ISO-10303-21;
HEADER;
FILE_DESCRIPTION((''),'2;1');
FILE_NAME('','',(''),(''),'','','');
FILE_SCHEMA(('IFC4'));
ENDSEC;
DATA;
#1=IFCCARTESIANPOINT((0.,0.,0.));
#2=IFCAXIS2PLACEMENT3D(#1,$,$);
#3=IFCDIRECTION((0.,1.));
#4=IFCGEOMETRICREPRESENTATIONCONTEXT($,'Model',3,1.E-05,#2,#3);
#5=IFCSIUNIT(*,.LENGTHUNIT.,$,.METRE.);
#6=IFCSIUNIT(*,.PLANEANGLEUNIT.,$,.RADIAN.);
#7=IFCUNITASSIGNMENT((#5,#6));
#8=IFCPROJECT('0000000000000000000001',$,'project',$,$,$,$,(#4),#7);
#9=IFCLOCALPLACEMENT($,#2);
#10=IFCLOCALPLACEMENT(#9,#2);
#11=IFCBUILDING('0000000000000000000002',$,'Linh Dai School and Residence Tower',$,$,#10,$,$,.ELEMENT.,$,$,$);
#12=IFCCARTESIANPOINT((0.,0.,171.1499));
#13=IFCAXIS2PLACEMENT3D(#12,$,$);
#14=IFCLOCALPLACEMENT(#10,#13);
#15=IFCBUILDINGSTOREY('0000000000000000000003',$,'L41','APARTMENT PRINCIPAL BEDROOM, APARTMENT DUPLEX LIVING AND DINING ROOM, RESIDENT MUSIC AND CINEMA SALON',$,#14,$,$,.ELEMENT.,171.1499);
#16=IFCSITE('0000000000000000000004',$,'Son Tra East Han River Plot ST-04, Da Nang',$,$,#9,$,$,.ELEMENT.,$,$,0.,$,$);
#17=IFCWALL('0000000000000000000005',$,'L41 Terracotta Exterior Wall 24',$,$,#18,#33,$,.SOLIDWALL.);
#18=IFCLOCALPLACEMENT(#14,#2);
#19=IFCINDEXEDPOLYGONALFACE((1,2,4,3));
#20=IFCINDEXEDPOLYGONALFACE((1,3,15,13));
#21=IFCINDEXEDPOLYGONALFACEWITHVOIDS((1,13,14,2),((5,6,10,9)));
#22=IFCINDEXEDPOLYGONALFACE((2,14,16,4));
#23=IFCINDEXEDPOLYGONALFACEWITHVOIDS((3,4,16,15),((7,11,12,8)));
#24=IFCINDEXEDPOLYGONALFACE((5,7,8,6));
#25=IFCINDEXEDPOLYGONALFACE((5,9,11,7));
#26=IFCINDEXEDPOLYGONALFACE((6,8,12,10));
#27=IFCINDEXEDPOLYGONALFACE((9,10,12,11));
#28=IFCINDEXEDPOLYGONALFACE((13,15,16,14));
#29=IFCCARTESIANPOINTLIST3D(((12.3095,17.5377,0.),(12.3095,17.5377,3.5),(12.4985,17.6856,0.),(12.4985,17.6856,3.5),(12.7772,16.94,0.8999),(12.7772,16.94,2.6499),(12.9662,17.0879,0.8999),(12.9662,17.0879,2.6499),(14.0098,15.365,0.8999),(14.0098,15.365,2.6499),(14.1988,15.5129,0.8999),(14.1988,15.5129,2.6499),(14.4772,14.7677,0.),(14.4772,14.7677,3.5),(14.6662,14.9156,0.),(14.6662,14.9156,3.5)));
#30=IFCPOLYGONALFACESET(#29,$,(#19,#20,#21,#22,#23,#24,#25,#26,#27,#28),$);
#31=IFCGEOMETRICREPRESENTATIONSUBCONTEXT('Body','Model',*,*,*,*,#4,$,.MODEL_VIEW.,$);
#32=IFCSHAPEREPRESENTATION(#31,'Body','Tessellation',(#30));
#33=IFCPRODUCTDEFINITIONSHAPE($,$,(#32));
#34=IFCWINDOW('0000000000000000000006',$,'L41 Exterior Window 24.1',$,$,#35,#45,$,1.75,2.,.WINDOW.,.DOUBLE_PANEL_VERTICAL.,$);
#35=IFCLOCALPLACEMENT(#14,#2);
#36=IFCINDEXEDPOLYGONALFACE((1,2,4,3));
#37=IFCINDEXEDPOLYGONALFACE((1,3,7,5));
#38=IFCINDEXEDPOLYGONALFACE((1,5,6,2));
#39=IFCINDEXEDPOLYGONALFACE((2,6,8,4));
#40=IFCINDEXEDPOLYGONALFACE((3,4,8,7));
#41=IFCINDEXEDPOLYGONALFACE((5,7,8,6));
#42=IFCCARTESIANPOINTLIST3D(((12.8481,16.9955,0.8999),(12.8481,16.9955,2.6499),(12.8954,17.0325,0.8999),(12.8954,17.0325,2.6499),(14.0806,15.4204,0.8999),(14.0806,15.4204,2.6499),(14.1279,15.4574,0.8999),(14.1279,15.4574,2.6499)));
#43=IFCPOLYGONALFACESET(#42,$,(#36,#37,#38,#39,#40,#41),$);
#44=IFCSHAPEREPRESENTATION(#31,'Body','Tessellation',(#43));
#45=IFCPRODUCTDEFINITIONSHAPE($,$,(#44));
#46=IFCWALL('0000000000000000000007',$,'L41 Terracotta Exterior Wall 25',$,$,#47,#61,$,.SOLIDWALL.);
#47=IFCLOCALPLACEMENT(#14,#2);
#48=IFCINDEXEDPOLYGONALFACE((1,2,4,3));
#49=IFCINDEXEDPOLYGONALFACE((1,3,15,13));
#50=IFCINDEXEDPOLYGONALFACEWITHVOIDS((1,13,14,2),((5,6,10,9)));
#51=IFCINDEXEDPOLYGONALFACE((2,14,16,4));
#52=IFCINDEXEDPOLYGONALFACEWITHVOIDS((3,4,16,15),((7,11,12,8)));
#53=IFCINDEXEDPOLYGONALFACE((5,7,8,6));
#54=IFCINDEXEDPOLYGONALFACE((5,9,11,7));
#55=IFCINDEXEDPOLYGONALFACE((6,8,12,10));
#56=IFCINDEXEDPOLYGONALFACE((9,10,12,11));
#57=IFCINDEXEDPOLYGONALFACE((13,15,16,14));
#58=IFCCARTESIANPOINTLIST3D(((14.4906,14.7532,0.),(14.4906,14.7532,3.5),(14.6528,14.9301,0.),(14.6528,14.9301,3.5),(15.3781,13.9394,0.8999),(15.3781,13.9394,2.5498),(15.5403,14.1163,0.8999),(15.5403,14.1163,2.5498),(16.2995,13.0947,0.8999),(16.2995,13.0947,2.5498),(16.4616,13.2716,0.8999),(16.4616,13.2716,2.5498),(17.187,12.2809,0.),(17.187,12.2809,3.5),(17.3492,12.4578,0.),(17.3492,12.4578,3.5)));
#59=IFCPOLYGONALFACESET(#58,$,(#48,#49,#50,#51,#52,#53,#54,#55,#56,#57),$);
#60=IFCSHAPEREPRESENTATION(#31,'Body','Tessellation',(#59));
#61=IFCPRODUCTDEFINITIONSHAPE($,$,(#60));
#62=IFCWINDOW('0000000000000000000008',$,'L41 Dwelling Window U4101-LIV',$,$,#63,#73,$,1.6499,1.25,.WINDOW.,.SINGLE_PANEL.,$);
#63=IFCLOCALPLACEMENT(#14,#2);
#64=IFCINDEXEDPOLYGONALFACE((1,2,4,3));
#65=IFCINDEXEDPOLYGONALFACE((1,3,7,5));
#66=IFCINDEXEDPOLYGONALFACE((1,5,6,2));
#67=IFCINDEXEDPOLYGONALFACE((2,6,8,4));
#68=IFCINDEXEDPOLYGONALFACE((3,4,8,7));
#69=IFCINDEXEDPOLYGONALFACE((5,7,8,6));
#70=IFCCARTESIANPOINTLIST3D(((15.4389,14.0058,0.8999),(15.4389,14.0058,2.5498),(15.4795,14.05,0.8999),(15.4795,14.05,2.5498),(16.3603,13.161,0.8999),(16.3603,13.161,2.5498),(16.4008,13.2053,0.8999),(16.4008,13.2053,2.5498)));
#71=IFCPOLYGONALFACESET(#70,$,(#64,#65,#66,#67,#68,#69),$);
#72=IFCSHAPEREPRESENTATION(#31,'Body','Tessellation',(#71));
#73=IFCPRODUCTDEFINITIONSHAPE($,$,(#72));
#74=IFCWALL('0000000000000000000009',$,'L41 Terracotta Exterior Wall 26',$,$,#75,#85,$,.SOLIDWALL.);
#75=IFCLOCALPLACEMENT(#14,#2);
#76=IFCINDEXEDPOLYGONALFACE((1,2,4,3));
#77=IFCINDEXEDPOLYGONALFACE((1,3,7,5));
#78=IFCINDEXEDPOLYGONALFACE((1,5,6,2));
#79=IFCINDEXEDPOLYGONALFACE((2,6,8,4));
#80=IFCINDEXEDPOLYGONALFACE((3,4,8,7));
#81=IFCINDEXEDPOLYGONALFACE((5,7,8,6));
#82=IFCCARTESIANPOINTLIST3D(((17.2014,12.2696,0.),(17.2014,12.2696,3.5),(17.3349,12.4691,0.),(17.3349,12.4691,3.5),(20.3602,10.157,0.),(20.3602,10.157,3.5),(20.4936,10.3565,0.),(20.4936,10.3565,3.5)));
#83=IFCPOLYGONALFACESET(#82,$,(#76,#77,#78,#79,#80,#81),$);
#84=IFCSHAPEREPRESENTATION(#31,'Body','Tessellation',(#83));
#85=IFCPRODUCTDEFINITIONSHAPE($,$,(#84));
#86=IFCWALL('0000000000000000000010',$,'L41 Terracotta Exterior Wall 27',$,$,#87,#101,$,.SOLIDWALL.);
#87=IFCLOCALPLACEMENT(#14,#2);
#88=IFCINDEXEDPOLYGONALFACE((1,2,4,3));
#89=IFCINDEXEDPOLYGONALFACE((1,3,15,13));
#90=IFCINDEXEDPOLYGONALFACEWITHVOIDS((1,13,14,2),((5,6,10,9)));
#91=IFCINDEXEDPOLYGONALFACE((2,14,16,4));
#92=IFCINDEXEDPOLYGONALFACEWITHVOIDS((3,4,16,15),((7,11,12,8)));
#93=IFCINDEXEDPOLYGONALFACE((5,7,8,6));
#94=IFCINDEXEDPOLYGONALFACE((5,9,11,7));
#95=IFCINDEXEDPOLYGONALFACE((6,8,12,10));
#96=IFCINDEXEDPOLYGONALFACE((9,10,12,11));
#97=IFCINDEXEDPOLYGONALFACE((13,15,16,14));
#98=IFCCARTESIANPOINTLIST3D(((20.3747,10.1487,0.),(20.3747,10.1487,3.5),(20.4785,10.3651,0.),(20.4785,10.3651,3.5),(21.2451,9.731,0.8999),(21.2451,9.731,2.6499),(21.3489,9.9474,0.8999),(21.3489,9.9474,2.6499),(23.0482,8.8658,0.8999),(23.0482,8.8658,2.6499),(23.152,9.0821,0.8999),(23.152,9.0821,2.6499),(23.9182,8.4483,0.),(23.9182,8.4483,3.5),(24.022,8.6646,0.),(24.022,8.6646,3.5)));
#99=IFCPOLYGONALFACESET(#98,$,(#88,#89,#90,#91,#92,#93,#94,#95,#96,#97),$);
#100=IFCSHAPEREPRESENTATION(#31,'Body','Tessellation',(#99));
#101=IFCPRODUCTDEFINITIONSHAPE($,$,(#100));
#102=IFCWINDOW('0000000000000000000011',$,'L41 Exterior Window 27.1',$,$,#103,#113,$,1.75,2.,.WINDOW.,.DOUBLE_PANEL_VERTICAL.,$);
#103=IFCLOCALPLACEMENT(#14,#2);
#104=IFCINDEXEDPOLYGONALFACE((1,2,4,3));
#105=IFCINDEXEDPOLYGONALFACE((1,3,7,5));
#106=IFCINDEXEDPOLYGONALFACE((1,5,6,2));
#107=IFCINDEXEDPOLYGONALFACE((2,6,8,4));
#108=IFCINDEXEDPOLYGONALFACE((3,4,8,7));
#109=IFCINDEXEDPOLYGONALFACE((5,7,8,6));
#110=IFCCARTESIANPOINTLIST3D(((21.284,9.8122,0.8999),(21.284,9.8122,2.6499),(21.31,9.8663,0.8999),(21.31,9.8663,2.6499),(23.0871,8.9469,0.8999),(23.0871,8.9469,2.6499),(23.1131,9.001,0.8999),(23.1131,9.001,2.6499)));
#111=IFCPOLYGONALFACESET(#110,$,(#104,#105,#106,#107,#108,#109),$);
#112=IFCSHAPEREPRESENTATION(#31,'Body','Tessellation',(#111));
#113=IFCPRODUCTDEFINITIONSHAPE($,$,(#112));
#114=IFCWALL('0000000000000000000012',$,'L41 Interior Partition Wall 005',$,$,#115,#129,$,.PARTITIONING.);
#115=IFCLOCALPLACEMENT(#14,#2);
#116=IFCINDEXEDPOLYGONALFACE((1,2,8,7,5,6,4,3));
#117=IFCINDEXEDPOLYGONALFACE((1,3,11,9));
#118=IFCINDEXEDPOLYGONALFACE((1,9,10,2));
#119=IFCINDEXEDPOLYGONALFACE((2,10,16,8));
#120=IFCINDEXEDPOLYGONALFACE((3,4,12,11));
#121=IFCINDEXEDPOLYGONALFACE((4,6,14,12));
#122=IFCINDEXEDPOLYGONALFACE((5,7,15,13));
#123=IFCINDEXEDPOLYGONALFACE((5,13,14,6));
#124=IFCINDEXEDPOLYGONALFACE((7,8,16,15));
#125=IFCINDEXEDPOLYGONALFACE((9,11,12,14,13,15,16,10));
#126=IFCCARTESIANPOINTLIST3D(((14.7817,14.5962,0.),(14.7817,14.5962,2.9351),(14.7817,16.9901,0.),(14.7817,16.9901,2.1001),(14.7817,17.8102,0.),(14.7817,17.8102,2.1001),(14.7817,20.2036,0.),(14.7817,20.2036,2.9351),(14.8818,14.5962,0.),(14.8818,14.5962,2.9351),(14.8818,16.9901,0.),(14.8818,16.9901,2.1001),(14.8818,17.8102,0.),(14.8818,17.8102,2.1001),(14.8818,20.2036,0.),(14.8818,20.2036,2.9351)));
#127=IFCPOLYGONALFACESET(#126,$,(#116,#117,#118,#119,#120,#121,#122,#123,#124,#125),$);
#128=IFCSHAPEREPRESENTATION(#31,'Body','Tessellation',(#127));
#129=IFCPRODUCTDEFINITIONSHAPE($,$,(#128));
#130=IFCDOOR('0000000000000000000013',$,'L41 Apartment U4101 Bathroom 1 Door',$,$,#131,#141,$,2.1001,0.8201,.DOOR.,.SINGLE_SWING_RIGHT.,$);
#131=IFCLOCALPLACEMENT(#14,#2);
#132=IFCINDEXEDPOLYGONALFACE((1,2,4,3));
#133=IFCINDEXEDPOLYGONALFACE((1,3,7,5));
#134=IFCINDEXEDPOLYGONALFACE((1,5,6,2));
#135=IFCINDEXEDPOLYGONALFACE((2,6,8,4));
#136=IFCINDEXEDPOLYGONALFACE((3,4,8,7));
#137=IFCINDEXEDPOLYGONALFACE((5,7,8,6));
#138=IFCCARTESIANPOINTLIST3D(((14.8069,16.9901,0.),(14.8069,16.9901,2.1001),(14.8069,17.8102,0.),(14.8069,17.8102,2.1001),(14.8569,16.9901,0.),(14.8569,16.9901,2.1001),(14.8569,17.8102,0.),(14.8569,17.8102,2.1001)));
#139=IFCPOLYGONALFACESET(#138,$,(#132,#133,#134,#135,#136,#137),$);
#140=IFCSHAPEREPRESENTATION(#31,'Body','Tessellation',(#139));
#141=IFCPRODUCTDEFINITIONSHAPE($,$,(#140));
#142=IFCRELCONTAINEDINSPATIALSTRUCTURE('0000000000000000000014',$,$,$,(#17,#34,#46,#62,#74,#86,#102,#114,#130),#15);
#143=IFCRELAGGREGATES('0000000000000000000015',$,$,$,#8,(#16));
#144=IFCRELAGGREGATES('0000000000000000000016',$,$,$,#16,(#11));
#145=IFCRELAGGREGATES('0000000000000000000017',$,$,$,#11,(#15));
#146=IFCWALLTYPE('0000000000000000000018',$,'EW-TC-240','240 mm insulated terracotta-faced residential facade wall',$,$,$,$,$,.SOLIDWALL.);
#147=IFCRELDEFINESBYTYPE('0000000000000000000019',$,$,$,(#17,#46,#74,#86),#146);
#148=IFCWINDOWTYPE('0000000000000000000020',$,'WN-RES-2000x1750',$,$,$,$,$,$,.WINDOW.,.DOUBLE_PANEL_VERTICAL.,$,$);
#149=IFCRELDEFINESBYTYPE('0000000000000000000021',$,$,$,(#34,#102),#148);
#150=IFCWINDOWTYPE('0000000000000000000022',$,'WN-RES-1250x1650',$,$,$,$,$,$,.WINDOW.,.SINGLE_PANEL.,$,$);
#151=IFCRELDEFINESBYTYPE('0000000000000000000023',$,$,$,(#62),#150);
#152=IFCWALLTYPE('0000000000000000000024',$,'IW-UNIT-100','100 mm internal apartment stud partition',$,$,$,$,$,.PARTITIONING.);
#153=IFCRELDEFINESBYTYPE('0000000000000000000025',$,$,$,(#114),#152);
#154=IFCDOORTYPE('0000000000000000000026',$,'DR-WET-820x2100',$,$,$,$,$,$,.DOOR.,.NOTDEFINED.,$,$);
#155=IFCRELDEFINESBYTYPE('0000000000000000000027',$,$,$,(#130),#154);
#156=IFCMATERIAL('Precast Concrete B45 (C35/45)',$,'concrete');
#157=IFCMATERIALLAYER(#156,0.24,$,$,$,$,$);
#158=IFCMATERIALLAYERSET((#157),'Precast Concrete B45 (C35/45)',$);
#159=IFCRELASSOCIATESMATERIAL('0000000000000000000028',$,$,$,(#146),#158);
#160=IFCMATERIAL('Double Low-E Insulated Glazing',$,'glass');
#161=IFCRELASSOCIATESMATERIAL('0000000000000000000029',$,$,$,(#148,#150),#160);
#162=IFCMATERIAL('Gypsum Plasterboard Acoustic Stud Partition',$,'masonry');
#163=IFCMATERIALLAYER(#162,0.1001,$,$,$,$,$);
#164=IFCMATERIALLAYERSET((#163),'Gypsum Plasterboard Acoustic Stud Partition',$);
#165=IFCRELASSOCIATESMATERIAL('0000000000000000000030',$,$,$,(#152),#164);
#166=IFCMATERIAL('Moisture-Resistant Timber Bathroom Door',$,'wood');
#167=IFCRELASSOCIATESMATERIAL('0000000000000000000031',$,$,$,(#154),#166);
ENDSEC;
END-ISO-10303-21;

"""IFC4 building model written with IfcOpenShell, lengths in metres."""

from ifc_helpers import new_model, si_unit, direction, frame, frame_2d, origin, origin_2d, place, context, subcontext, project, spatial, rectangle, extrude, source, transform, mapped, material, layer, layer_set, type_object, element, fill, save


model = new_model("IFC4")

# Units and contexts
model_context = context("Model", 3, precision=1e-05, world=origin(), true_north=direction((0.0, 1.0)))
body_context = subcontext(model_context, "Body", "Model", "MODEL_VIEW")
ifc_project = project(units=[si_unit("LENGTHUNIT", "METRE"), si_unit("PLANEANGLEUNIT", "RADIAN")], contexts=[model_context])

# Site, building, storey
site_placement = place(None, origin())
site = spatial("IfcSite", under=ifc_project, at=site_placement, Name="Son Tra East Han River Plot ST-04, Da Nang", CompositionType="ELEMENT", RefElevation=0.0)
building_placement = place(site_placement, origin())
building = spatial("IfcBuilding", under=site, at=building_placement, Name="Linh Dai School and Residence Tower", CompositionType="ELEMENT")
storey_placement = place(building_placement, frame((0.0, 0.0, 171.1499)))
storey = spatial("IfcBuildingStorey", under=building, at=storey_placement, Name="L41", Description="APARTMENT PRINCIPAL BEDROOM, APARTMENT DUPLEX LIVING AND DINING ROOM, RESIDENT MUSIC AND CINEMA SALON", CompositionType="ELEMENT", Elevation=171.1499)

# Shared definitions
ifc_material_1 = material(Name="Precast Concrete B45 (C35/45)", Category="concrete")

# Walls, openings, windows
ifc_layer_1 = layer(ifc_material_1, 0.24)
ifc_layer_set_1 = layer_set([ifc_layer_1], Name="Precast Concrete B45 (C35/45)")
wall_type_1 = type_object("IfcWallType", Name="EW-TC-240", Description="240 mm insulated terracotta-faced residential facade wall", PredefinedType="SOLIDWALL", material=ifc_layer_set_1)
wall_1_placement = place(storey_placement, frame((14.5718, 14.8416, 0.0), z_axis=(0.0, 0.0, 1.0), x_axis=(-0.616288, 0.787521, 0.0)))
wall_1 = element("IfcWall", 1, at=wall_1_placement, inside=storey, type_object=wall_type_1, Name="L41 Terracotta Exterior Wall 24", PredefinedType="SOLIDWALL", context=body_context, shape_type="SweptSolid", body=[
    extrude(rectangle(XDim=3.5173, YDim=0.24, at=frame_2d((1.7588, 0.0))), origin(), (0.0, 0.0, 1.0), 3.5),
])
opening_1_placement = place(wall_1_placement, frame((0.7585, 0.0, 0.8999)))
opening_1 = element("IfcOpeningElement", 2, at=opening_1_placement, cuts=wall_1, PredefinedType="OPENING", context=body_context, shape_type="SweptSolid", body=[
    extrude(rectangle(XDim=2.0, YDim=1.75, at=origin_2d()), frame((1.0, 0.1299, 0.875), z_axis=(0.0, -1.0, 0.0), x_axis=(1.0, 0.0, 0.0)), (0.0, 0.0, 1.0), 0.26),
])
ifc_material_2 = material(Name="Double Low-E Insulated Glazing", Category="glass")
window_type_1 = type_object("IfcWindowType", Name="WN-RES-2000x1750", PartitioningType="DOUBLE_PANEL_VERTICAL", PredefinedType="WINDOW", material=ifc_material_2)
shared_shape_1 = source(origin(), body_context, "Body", "SweptSolid", [
    extrude(rectangle(XDim=2.0, YDim=1.75, at=origin_2d()), frame((1.0, 0.03, 0.875), z_axis=(0.0, -1.0, 0.0), x_axis=(1.0, 0.0, 0.0)), (0.0, 0.0, 1.0), 0.0601),
])
window_1_placement = place(opening_1_placement, origin())
window_1 = element("IfcWindow", 3, at=window_1_placement, inside=storey, type_object=window_type_1, Name="L41 Exterior Window 24.1", OverallHeight=1.75, OverallWidth=2.0, PartitioningType="DOUBLE_PANEL_VERTICAL", PredefinedType="WINDOW", context=body_context, shape_type="MappedRepresentation", body=[
    mapped(shared_shape_1, transform((0.0, 0.0, 0.0), x_axis=(1.0, 0.0, 0.0), y_axis=(0.0, 1.0, 0.0), z_axis=(0.0, 0.0, 1.0), scale=1.0)),
])
fill(opening_1, window_1)
wall_2_placement = place(storey_placement, frame((17.2681, 12.3694, 0.0), z_axis=(0.0, 0.0, 1.0), x_axis=(-0.737077, 0.675809, 0.0)))
wall_2 = element("IfcWall", 4, at=wall_2_placement, inside=storey, type_object=wall_type_1, Name="L41 Terracotta Exterior Wall 25", PredefinedType="SOLIDWALL", context=body_context, shape_type="SweptSolid", body=[
    extrude(rectangle(XDim=3.6582, YDim=0.24, at=frame_2d((1.8291, 0.0))), origin(), (0.0, 0.0, 1.0), 3.5),
])
opening_2_placement = place(wall_2_placement, frame((1.2041, 0.0, 0.8999)))
opening_2 = element("IfcOpeningElement", 5, at=opening_2_placement, cuts=wall_2, PredefinedType="OPENING", context=body_context, shape_type="SweptSolid", body=[
    extrude(rectangle(XDim=1.25, YDim=1.6499, at=origin_2d()), frame((0.625, 0.1299, 0.825), z_axis=(0.0, -1.0, 0.0), x_axis=(1.0, 0.0, 0.0)), (0.0, 0.0, 1.0), 0.26),
])
window_type_2 = type_object("IfcWindowType", Name="WN-RES-1250x1650", PartitioningType="SINGLE_PANEL", PredefinedType="WINDOW", material=ifc_material_2)
shared_shape_2 = source(origin(), body_context, "Body", "SweptSolid", [
    extrude(rectangle(XDim=1.25, YDim=1.6499, at=origin_2d()), frame((0.625, 0.03, 0.825), z_axis=(0.0, -1.0, 0.0), x_axis=(1.0, 0.0, 0.0)), (0.0, 0.0, 1.0), 0.0601),
])
window_2_placement = place(opening_2_placement, origin())
window_2 = element("IfcWindow", 6, at=window_2_placement, inside=storey, type_object=window_type_2, Name="L41 Dwelling Window U4101-LIV", OverallHeight=1.6499, OverallWidth=1.25, PartitioningType="SINGLE_PANEL", PredefinedType="WINDOW", context=body_context, shape_type="MappedRepresentation", body=[
    mapped(shared_shape_2, transform((0.0, 0.0, 0.0), x_axis=(1.0, 0.0, 0.0), y_axis=(0.0, 1.0, 0.0), z_axis=(0.0, 0.0, 1.0), scale=1.0)),
])
fill(opening_2, window_2)

# Wall
wall_3_placement = place(storey_placement, frame((20.4268, 10.2568, 0.0), z_axis=(0.0, 0.0, 1.0), x_axis=(-0.831229, 0.55593, 0.0)))
element("IfcWall", 7, at=wall_3_placement, inside=storey, type_object=wall_type_1, Name="L41 Terracotta Exterior Wall 26", PredefinedType="SOLIDWALL", context=body_context, shape_type="SweptSolid", body=[
    extrude(rectangle(XDim=3.8, YDim=0.24, at=frame_2d((1.8999, 0.0))), origin(), (0.0, 0.0, 1.0), 3.5),
])

# Wall, opening, window
wall_4_placement = place(storey_placement, frame((23.9702, 8.5564, 0.0), z_axis=(0.0, 0.0, 1.0), x_axis=(-0.901565, 0.432644, 0.0)))
wall_4 = element("IfcWall", 8, at=wall_4_placement, inside=storey, type_object=wall_type_1, Name="L41 Terracotta Exterior Wall 27", PredefinedType="SOLIDWALL", context=body_context, shape_type="SweptSolid", body=[
    extrude(rectangle(XDim=3.9304, YDim=0.24, at=frame_2d((1.9653, 0.0))), origin(), (0.0, 0.0, 1.0), 3.5),
])
opening_3_placement = place(wall_4_placement, frame((0.9651, 0.0, 0.8999)))
opening_3 = element("IfcOpeningElement", 9, at=opening_3_placement, cuts=wall_4, PredefinedType="OPENING", context=body_context, shape_type="SweptSolid", body=[
    extrude(rectangle(XDim=2.0, YDim=1.75, at=origin_2d()), frame((1.0, 0.1299, 0.875), z_axis=(0.0, -1.0, 0.0), x_axis=(1.0, 0.0, 0.0)), (0.0, 0.0, 1.0), 0.26),
])
window_3_placement = place(opening_3_placement, origin())
window_3 = element("IfcWindow", 10, at=window_3_placement, inside=storey, type_object=window_type_1, Name="L41 Exterior Window 27.1", OverallHeight=1.75, OverallWidth=2.0, PartitioningType="DOUBLE_PANEL_VERTICAL", PredefinedType="WINDOW", context=body_context, shape_type="MappedRepresentation", body=[
    mapped(shared_shape_1, transform((0.0, 0.0, 0.0), x_axis=(1.0, 0.0, 0.0), y_axis=(0.0, 1.0, 0.0), z_axis=(0.0, 0.0, 1.0), scale=1.0)),
])
fill(opening_3, window_3)

# Wall, opening, door
ifc_material_3 = material(Name="Gypsum Plasterboard Acoustic Stud Partition", Category="masonry")
ifc_layer_2 = layer(ifc_material_3, 0.1001)
ifc_layer_set_2 = layer_set([ifc_layer_2], Name="Gypsum Plasterboard Acoustic Stud Partition")
wall_type_2 = type_object("IfcWallType", Name="IW-UNIT-100", Description="100 mm internal apartment stud partition", PredefinedType="PARTITIONING", material=ifc_layer_set_2)
wall_5_placement = place(storey_placement, frame((14.8318, 14.5962, 0.0), z_axis=(0.0, 0.0, 1.0), x_axis=(0.0, 1.0, 0.0)))
wall_5 = element("IfcWall", 11, at=wall_5_placement, inside=storey, type_object=wall_type_2, Name="L41 Interior Partition Wall 005", PredefinedType="PARTITIONING", context=body_context, shape_type="SweptSolid", body=[
    extrude(rectangle(XDim=5.6074, YDim=0.1001, at=frame_2d((2.8037, 0.0))), origin(), (0.0, 0.0, 1.0), 2.9351),
])
opening_4_placement = place(wall_5_placement, frame((2.3938, 0.0, 0.0)))
opening_4 = element("IfcOpeningElement", 12, at=opening_4_placement, cuts=wall_5, PredefinedType="OPENING", context=body_context, shape_type="SweptSolid", body=[
    extrude(rectangle(XDim=0.8201, YDim=2.1001, at=origin_2d()), frame((0.4102, 0.0601, 1.05), z_axis=(0.0, -1.0, 0.0), x_axis=(1.0, 0.0, 0.0)), (0.0, 0.0, 1.0), 0.1201),
])
ifc_material_4 = material(Name="Moisture-Resistant Timber Bathroom Door", Category="wood")
door_type_1 = type_object("IfcDoorType", Name="DR-WET-820x2100", OperationType="NOTDEFINED", PredefinedType="DOOR", material=ifc_material_4)
shared_shape_3 = source(origin(), body_context, "Body", "SweptSolid", [
    extrude(rectangle(XDim=0.8201, YDim=2.1001, at=origin_2d()), frame((0.4102, 0.0249, 1.05), z_axis=(0.0, -1.0, 0.0), x_axis=(1.0, 0.0, 0.0)), (0.0, 0.0, 1.0), 0.05),
])
door_1_placement = place(opening_4_placement, origin())
door_1 = element("IfcDoor", 13, at=door_1_placement, inside=storey, type_object=door_type_1, Name="L41 Apartment U4101 Bathroom 1 Door", OperationType="SINGLE_SWING_RIGHT", OverallHeight=2.1001, OverallWidth=0.8201, PredefinedType="DOOR", context=body_context, shape_type="MappedRepresentation", body=[
    mapped(shared_shape_3, transform((0.0, 0.0, 0.0), x_axis=(1.0, 0.0, 0.0), y_axis=(0.0, 1.0, 0.0), z_axis=(0.0, 0.0, 1.0), scale=1.0)),
])
fill(opening_4, door_1)

save(model, "model.ifc")
